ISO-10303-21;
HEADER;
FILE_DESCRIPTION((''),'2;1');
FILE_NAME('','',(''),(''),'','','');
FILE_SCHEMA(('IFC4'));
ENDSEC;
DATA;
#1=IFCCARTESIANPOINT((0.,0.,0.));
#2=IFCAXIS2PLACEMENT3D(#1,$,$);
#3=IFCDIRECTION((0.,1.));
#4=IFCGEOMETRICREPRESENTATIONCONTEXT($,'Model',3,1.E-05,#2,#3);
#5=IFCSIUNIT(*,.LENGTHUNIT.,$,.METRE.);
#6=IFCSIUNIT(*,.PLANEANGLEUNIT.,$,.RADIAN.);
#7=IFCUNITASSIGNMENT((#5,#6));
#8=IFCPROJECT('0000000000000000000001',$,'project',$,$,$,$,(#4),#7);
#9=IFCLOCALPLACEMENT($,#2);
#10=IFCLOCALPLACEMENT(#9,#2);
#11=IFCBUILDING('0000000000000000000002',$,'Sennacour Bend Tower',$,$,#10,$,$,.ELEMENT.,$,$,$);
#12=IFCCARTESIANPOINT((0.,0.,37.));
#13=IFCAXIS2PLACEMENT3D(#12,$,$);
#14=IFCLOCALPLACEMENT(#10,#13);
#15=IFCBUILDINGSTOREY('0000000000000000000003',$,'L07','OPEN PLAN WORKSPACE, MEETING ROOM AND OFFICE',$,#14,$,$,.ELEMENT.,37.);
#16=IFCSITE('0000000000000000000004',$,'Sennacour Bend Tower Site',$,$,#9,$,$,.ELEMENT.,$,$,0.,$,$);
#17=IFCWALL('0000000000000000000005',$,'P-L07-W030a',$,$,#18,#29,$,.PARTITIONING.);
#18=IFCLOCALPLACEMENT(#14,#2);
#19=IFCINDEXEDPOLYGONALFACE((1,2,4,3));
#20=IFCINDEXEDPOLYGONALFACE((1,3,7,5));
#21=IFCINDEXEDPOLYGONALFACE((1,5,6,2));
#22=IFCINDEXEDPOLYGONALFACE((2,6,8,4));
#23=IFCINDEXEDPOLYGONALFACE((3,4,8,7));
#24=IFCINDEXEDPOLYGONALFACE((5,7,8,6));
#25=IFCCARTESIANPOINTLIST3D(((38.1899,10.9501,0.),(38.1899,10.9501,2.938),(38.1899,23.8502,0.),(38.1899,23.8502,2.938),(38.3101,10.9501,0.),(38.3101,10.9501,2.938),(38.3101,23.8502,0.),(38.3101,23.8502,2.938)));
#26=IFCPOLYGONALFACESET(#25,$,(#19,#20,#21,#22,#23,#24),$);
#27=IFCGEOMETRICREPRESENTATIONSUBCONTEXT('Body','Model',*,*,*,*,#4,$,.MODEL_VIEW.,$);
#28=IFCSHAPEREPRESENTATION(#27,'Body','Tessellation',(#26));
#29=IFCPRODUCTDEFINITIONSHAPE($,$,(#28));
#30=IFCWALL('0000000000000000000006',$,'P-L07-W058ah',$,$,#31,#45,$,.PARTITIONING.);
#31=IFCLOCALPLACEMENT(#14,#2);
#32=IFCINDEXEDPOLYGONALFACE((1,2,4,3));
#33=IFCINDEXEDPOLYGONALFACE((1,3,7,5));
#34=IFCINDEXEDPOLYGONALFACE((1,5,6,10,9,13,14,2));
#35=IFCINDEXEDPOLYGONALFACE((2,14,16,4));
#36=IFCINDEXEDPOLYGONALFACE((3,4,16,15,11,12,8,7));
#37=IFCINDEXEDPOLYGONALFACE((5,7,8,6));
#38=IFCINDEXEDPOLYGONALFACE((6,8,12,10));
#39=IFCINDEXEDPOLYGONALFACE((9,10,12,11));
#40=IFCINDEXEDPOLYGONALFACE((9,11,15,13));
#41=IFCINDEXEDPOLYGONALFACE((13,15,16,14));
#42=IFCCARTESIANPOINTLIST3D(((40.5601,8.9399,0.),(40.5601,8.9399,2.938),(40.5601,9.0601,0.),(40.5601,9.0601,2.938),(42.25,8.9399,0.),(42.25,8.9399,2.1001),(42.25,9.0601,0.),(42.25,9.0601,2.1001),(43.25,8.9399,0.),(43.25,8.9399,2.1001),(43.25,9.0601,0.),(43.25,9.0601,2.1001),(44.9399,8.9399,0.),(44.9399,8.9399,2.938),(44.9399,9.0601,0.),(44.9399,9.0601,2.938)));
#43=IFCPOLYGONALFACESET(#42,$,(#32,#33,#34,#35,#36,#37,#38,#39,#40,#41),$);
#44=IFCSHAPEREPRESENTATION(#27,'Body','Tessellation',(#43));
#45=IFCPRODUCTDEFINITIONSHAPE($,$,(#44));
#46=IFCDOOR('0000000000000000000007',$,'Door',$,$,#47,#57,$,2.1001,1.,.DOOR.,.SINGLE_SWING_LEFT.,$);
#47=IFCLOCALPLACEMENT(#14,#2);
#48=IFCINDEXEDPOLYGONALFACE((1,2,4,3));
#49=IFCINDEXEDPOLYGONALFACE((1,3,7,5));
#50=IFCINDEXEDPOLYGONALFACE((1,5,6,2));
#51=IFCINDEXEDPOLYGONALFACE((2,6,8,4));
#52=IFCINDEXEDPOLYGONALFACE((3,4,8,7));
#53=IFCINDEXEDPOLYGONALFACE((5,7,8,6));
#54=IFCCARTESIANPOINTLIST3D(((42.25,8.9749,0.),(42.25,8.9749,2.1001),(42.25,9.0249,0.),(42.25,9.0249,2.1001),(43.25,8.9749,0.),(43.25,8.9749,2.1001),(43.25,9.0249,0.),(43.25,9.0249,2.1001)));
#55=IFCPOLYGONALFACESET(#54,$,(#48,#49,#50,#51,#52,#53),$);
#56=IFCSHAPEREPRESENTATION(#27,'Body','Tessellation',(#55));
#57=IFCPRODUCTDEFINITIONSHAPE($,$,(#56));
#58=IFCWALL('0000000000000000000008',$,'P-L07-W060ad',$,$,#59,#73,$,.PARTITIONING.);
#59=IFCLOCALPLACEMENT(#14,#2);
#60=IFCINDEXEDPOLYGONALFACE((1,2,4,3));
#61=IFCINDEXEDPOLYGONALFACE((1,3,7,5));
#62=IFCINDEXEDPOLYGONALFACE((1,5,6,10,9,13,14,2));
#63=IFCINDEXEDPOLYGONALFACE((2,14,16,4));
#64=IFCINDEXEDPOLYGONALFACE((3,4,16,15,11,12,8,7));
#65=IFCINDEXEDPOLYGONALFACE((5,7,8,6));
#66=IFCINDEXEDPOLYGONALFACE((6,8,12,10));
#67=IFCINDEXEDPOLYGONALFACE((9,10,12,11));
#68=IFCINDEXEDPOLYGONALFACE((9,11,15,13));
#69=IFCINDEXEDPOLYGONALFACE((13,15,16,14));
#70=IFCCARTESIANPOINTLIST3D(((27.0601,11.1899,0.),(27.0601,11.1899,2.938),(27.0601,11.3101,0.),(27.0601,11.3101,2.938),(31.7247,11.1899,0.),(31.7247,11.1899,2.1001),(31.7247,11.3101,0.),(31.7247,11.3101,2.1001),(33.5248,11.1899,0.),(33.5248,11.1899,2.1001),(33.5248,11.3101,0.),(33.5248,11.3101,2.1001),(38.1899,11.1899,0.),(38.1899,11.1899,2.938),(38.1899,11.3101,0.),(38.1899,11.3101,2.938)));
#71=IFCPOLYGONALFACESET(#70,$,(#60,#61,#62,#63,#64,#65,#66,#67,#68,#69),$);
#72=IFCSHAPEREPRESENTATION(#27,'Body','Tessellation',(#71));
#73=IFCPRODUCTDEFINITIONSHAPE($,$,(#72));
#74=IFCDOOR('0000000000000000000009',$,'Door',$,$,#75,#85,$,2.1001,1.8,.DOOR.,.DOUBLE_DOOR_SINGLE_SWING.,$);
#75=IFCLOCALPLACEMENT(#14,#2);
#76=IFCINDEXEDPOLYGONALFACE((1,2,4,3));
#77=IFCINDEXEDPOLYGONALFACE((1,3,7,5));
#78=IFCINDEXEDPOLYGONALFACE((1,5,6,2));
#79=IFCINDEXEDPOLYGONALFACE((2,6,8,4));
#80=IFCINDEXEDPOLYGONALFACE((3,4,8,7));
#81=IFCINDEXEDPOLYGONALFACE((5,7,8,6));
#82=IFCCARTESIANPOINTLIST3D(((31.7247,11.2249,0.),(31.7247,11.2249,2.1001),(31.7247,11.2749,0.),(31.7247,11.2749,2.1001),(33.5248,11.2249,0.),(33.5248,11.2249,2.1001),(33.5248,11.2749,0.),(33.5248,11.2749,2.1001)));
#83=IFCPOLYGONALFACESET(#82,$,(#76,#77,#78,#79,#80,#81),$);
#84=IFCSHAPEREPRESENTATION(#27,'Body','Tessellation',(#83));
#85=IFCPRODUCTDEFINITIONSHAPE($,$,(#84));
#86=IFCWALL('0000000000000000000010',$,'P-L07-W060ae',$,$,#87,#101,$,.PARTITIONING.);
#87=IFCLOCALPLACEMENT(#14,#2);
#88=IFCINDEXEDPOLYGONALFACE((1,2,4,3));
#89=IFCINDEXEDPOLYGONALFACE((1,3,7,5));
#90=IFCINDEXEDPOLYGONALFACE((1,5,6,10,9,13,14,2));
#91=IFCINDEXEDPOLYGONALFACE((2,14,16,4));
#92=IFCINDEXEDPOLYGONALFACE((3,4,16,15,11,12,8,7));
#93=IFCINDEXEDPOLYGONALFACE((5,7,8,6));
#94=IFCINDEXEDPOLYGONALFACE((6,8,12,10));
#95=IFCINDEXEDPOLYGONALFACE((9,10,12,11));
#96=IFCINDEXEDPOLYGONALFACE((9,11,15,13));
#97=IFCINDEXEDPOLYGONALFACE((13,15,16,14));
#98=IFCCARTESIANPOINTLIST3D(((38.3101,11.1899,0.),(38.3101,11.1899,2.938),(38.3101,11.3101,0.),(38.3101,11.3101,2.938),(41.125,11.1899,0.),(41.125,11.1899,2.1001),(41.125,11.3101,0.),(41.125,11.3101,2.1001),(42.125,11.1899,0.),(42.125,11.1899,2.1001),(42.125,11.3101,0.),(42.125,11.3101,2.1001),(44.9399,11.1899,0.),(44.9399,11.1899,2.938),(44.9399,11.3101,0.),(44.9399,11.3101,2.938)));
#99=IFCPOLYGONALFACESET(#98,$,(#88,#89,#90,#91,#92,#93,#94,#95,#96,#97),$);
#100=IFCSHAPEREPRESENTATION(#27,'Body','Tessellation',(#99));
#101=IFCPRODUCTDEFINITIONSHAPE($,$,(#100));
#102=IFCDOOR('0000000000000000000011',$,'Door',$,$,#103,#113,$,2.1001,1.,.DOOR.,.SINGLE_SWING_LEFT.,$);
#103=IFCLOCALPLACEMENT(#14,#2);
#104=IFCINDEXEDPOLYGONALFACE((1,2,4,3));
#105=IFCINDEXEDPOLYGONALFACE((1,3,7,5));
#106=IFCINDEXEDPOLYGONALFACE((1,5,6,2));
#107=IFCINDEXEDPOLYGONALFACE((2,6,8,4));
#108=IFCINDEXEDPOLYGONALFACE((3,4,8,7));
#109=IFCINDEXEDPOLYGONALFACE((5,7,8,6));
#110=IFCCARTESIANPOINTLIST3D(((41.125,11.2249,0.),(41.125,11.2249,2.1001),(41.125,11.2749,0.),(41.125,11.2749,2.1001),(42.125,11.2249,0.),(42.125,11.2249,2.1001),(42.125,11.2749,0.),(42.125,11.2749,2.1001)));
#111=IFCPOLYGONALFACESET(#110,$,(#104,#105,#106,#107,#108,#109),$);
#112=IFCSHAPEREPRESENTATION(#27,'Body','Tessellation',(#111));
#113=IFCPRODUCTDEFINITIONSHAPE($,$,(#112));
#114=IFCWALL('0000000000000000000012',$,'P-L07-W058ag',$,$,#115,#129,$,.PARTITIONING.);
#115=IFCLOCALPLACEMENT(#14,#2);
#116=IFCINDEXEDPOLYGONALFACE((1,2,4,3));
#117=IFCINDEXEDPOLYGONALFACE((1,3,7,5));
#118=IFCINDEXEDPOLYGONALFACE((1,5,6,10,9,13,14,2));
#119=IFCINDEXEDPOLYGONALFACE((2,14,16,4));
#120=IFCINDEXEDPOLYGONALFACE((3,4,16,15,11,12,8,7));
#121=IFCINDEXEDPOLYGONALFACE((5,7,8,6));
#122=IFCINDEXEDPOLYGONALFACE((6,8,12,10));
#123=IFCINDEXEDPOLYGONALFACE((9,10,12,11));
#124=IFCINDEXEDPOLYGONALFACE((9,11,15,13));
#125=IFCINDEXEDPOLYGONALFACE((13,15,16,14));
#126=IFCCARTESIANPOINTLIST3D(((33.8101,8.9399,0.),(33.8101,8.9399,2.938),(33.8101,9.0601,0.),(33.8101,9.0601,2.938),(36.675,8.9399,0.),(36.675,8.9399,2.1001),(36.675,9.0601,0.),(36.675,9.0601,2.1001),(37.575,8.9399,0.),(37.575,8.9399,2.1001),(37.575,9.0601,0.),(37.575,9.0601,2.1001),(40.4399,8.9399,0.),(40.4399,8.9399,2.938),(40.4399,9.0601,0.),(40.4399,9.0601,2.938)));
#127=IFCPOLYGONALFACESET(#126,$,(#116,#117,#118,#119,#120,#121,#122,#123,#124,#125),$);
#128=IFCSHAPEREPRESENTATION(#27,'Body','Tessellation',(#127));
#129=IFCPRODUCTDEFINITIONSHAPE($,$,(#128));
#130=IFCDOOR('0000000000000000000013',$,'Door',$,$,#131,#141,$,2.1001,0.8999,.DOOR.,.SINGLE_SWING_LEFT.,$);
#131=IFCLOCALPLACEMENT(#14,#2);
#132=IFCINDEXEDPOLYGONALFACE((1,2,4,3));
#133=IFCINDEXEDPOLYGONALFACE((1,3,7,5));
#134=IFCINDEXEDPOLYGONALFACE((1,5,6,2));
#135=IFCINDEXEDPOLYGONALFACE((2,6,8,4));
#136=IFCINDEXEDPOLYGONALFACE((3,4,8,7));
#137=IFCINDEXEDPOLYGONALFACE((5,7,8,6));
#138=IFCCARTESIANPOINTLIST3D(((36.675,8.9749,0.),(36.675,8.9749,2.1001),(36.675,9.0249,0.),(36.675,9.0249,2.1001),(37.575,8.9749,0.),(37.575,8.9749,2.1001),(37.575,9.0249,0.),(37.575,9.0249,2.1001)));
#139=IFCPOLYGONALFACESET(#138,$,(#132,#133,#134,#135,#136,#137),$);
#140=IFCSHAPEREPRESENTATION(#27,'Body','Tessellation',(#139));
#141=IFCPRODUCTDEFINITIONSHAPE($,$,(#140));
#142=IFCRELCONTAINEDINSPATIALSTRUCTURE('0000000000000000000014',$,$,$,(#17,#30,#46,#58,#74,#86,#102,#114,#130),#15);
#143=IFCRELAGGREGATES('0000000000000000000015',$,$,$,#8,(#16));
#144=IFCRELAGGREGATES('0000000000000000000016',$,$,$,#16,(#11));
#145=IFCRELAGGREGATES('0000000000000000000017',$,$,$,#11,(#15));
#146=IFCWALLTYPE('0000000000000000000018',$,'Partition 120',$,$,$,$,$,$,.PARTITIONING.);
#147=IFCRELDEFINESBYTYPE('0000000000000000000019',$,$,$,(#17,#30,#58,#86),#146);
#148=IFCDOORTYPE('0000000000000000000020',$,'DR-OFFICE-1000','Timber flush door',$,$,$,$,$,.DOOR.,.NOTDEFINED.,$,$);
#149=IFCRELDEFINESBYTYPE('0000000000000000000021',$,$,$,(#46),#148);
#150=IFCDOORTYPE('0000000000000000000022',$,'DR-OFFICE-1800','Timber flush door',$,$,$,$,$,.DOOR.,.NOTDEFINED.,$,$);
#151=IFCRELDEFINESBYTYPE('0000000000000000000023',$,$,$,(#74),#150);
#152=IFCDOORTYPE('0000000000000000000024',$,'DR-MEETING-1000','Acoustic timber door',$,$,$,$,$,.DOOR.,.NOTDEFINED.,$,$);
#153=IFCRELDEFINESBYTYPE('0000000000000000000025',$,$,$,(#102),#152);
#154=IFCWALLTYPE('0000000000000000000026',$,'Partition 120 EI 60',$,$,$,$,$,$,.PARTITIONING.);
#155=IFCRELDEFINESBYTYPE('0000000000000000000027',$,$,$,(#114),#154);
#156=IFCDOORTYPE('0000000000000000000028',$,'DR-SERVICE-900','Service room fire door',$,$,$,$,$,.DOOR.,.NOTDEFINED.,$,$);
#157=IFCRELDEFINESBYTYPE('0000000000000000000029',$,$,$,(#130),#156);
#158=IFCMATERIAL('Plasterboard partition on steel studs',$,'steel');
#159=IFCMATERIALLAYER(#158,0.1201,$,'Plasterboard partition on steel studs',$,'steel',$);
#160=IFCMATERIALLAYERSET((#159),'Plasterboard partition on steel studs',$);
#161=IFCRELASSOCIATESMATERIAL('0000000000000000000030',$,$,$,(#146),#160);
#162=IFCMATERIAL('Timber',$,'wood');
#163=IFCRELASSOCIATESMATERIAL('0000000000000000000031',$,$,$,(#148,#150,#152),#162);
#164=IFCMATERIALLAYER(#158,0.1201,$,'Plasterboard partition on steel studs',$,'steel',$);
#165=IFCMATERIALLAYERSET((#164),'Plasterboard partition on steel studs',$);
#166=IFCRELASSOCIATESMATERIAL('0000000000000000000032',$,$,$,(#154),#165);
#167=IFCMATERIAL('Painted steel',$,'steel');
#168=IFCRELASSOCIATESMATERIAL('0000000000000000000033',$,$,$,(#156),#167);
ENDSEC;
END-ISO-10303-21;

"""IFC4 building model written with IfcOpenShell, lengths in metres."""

from ifc_helpers import new_model, si_unit, direction, frame, frame_2d, origin, place, context, subcontext, project, spatial, rectangle, extrude, material, layer, layer_set, type_object, element, fill, save


model = new_model("IFC4")

# Units and contexts
model_context = context("Model", 3, precision=1e-05, world=origin(), true_north=direction((0.0, 1.0)))
body_context = subcontext(model_context, "Body", "Model", "MODEL_VIEW")
ifc_project = project(units=[si_unit("LENGTHUNIT", "METRE"), si_unit("PLANEANGLEUNIT", "RADIAN")], contexts=[model_context])

# Site, building, storey
site_placement = place(None, origin())
site = spatial("IfcSite", under=ifc_project, at=site_placement, Name="Sennacour Bend Tower Site", CompositionType="ELEMENT", RefElevation=0.0)
building_placement = place(site_placement, origin())
building = spatial("IfcBuilding", under=site, at=building_placement, Name="Sennacour Bend Tower", CompositionType="ELEMENT")
storey_placement = place(building_placement, frame((0.0, 0.0, 37.0)))
storey = spatial("IfcBuildingStorey", under=building, at=storey_placement, Name="L07", Description="OPEN PLAN WORKSPACE, MEETING ROOM AND OFFICE", CompositionType="ELEMENT", Elevation=37.0)

# Wall
ifc_material_1 = material(Name="Plasterboard partition on steel studs", Category="steel")
ifc_layer_1 = layer(ifc_material_1, 0.1201, Name="Plasterboard partition on steel studs", Category="steel")
ifc_layer_set_1 = layer_set([ifc_layer_1], Name="Plasterboard partition on steel studs")
wall_type_1 = type_object("IfcWallType", Name="Partition 120", PredefinedType="PARTITIONING", material=ifc_layer_set_1)
for number, where, z_axis, x_axis, name in (
    (1, (38.25, 10.95, 0.0), (0.0, 0.0, 1.0), (0.0, 1.0, 0.0), "P-L07-W030a"),
):
    element("IfcWall", number, at=place(storey_placement, frame(where, z_axis=z_axis, x_axis=x_axis)), inside=storey, type_object=wall_type_1, Name=name, PredefinedType="PARTITIONING", context=body_context, shape_type="SweptSolid", body=[
        extrude(rectangle(XDim=12.9001, YDim=0.1201, at=frame_2d((6.4502, 0.0))), origin(), (0.0, 0.0, 1.0), 2.938),
    ])

# Walls, openings, doors
wall_1_placement = place(storey_placement, frame((40.5601, 9.0, 0.0), z_axis=(0.0, 0.0, 1.0), x_axis=(1.0, 0.0, 0.0)))
wall_1 = element("IfcWall", 2, at=wall_1_placement, inside=storey, type_object=wall_type_1, Name="P-L07-W058ah", PredefinedType="PARTITIONING", context=body_context, shape_type="SweptSolid", body=[
    extrude(rectangle(XDim=4.3799, YDim=0.1201, at=frame_2d((2.1899, 0.0))), origin(), (0.0, 0.0, 1.0), 2.938),
])
opening_1_placement = place(wall_1_placement, frame((1.6899, 0.0, 0.0)))
opening_1 = element("IfcOpeningElement", 3, at=opening_1_placement, cuts=wall_1, PredefinedType="OPENING", context=body_context, shape_type="SweptSolid", body=[
    extrude(rectangle(XDim=1.0, YDim=2.1001, at=frame_2d((0.5, 1.05))), frame((0.0, 0.0701, 0.0), z_axis=(0.0, -1.0, 0.0), x_axis=(1.0, 0.0, 0.0)), (0.0, 0.0, 1.0), 0.1401),
])
ifc_material_2 = material(Name="Timber", Category="wood")
door_type_1 = type_object("IfcDoorType", Name="DR-OFFICE-1000", Description="Timber flush door", OperationType="NOTDEFINED", PredefinedType="DOOR", material=ifc_material_2)
door_1_placement = place(opening_1_placement, origin())
door_1 = element("IfcDoor", 4, at=door_1_placement, inside=storey, type_object=door_type_1, Name="Door", OperationType="SINGLE_SWING_LEFT", OverallHeight=2.1001, OverallWidth=1.0, PredefinedType="DOOR", context=body_context, shape_type="SweptSolid", body=[
    extrude(rectangle(XDim=1.0, YDim=2.1001, at=frame_2d((0.5, 1.05))), frame((0.0, 0.0249, 0.0), z_axis=(0.0, -1.0, 0.0), x_axis=(1.0, 0.0, 0.0)), (0.0, 0.0, 1.0), 0.05),
])
fill(opening_1, door_1)
wall_2_placement = place(storey_placement, frame((27.0601, 11.25, 0.0), z_axis=(0.0, 0.0, 1.0), x_axis=(1.0, 0.0, 0.0)))
wall_2 = element("IfcWall", 5, at=wall_2_placement, inside=storey, type_object=wall_type_1, Name="P-L07-W060ad", PredefinedType="PARTITIONING", context=body_context, shape_type="SweptSolid", body=[
    extrude(rectangle(XDim=11.1299, YDim=0.1201, at=frame_2d((5.5649, 0.0))), origin(), (0.0, 0.0, 1.0), 2.938),
])
opening_2_placement = place(wall_2_placement, frame((4.6648, 0.0, 0.0)))
opening_2 = element("IfcOpeningElement", 6, at=opening_2_placement, cuts=wall_2, PredefinedType="OPENING", context=body_context, shape_type="SweptSolid", body=[
    extrude(rectangle(XDim=1.8, YDim=2.1001, at=frame_2d((0.8999, 1.05))), frame((0.0, 0.0701, 0.0), z_axis=(0.0, -1.0, 0.0), x_axis=(1.0, 0.0, 0.0)), (0.0, 0.0, 1.0), 0.1401),
])
door_type_2 = type_object("IfcDoorType", Name="DR-OFFICE-1800", Description="Timber flush door", OperationType="NOTDEFINED", PredefinedType="DOOR", material=ifc_material_2)
door_2_placement = place(opening_2_placement, origin())
door_2 = element("IfcDoor", 7, at=door_2_placement, inside=storey, type_object=door_type_2, Name="Door", OperationType="DOUBLE_DOOR_SINGLE_SWING", OverallHeight=2.1001, OverallWidth=1.8, PredefinedType="DOOR", context=body_context, shape_type="SweptSolid", body=[
    extrude(rectangle(XDim=1.8, YDim=2.1001, at=frame_2d((0.8999, 1.05))), frame((0.0, 0.0249, 0.0), z_axis=(0.0, -1.0, 0.0), x_axis=(1.0, 0.0, 0.0)), (0.0, 0.0, 1.0), 0.05),
])
fill(opening_2, door_2)
wall_3_placement = place(storey_placement, frame((38.3101, 11.25, 0.0), z_axis=(0.0, 0.0, 1.0), x_axis=(1.0, 0.0, 0.0)))
wall_3 = element("IfcWall", 8, at=wall_3_placement, inside=storey, type_object=wall_type_1, Name="P-L07-W060ae", PredefinedType="PARTITIONING", context=body_context, shape_type="SweptSolid", body=[
    extrude(rectangle(XDim=6.6299, YDim=0.1201, at=frame_2d((3.3149, 0.0))), origin(), (0.0, 0.0, 1.0), 2.938),
])
opening_3_placement = place(wall_3_placement, frame((2.8149, 0.0, 0.0)))
opening_3 = element("IfcOpeningElement", 9, at=opening_3_placement, cuts=wall_3, PredefinedType="OPENING", context=body_context, shape_type="SweptSolid", body=[
    extrude(rectangle(XDim=1.0, YDim=2.1001, at=frame_2d((0.5, 1.05))), frame((0.0, 0.0701, 0.0), z_axis=(0.0, -1.0, 0.0), x_axis=(1.0, 0.0, 0.0)), (0.0, 0.0, 1.0), 0.1401),
])
door_type_3 = type_object("IfcDoorType", Name="DR-MEETING-1000", Description="Acoustic timber door", OperationType="NOTDEFINED", PredefinedType="DOOR", material=ifc_material_2)
door_3_placement = place(opening_3_placement, origin())
door_3 = element("IfcDoor", 10, at=door_3_placement, inside=storey, type_object=door_type_3, Name="Door", OperationType="SINGLE_SWING_LEFT", OverallHeight=2.1001, OverallWidth=1.0, PredefinedType="DOOR", context=body_context, shape_type="SweptSolid", body=[
    extrude(rectangle(XDim=1.0, YDim=2.1001, at=frame_2d((0.5, 1.05))), frame((0.0, 0.0249, 0.0), z_axis=(0.0, -1.0, 0.0), x_axis=(1.0, 0.0, 0.0)), (0.0, 0.0, 1.0), 0.05),
])
fill(opening_3, door_3)
ifc_layer_2 = layer(ifc_material_1, 0.1201, Name="Plasterboard partition on steel studs", Category="steel")
ifc_layer_set_2 = layer_set([ifc_layer_2], Name="Plasterboard partition on steel studs")
wall_type_2 = type_object("IfcWallType", Name="Partition 120 EI 60", PredefinedType="PARTITIONING", material=ifc_layer_set_2)
wall_4_placement = place(storey_placement, frame((33.8101, 9.0, 0.0), z_axis=(0.0, 0.0, 1.0), x_axis=(1.0, 0.0, 0.0)))
wall_4 = element("IfcWall", 11, at=wall_4_placement, inside=storey, type_object=wall_type_2, Name="P-L07-W058ag", PredefinedType="PARTITIONING", context=body_context, shape_type="SweptSolid", body=[
    extrude(rectangle(XDim=6.6299, YDim=0.1201, at=frame_2d((3.3149, 0.0))), origin(), (0.0, 0.0, 1.0), 2.938),
])
opening_4_placement = place(wall_4_placement, frame((2.865, 0.0, 0.0)))
opening_4 = element("IfcOpeningElement", 12, at=opening_4_placement, cuts=wall_4, PredefinedType="OPENING", context=body_context, shape_type="SweptSolid", body=[
    extrude(rectangle(XDim=0.8999, YDim=2.1001, at=frame_2d((0.45, 1.05))), frame((0.0, 0.0701, 0.0), z_axis=(0.0, -1.0, 0.0), x_axis=(1.0, 0.0, 0.0)), (0.0, 0.0, 1.0), 0.1401),
])
ifc_material_3 = material(Name="Painted steel", Category="steel")
door_type_4 = type_object("IfcDoorType", Name="DR-SERVICE-900", Description="Service room fire door", OperationType="NOTDEFINED", PredefinedType="DOOR", material=ifc_material_3)
door_4_placement = place(opening_4_placement, origin())
door_4 = element("IfcDoor", 13, at=door_4_placement, inside=storey, type_object=door_type_4, Name="Door", OperationType="SINGLE_SWING_LEFT", OverallHeight=2.1001, OverallWidth=0.8999, PredefinedType="DOOR", context=body_context, shape_type="SweptSolid", body=[
    extrude(rectangle(XDim=0.8999, YDim=2.1001, at=frame_2d((0.45, 1.05))), frame((0.0, 0.0249, 0.0), z_axis=(0.0, -1.0, 0.0), x_axis=(1.0, 0.0, 0.0)), (0.0, 0.0, 1.0), 0.05),
])
fill(opening_4, door_4)

save(model, "model.ifc")
